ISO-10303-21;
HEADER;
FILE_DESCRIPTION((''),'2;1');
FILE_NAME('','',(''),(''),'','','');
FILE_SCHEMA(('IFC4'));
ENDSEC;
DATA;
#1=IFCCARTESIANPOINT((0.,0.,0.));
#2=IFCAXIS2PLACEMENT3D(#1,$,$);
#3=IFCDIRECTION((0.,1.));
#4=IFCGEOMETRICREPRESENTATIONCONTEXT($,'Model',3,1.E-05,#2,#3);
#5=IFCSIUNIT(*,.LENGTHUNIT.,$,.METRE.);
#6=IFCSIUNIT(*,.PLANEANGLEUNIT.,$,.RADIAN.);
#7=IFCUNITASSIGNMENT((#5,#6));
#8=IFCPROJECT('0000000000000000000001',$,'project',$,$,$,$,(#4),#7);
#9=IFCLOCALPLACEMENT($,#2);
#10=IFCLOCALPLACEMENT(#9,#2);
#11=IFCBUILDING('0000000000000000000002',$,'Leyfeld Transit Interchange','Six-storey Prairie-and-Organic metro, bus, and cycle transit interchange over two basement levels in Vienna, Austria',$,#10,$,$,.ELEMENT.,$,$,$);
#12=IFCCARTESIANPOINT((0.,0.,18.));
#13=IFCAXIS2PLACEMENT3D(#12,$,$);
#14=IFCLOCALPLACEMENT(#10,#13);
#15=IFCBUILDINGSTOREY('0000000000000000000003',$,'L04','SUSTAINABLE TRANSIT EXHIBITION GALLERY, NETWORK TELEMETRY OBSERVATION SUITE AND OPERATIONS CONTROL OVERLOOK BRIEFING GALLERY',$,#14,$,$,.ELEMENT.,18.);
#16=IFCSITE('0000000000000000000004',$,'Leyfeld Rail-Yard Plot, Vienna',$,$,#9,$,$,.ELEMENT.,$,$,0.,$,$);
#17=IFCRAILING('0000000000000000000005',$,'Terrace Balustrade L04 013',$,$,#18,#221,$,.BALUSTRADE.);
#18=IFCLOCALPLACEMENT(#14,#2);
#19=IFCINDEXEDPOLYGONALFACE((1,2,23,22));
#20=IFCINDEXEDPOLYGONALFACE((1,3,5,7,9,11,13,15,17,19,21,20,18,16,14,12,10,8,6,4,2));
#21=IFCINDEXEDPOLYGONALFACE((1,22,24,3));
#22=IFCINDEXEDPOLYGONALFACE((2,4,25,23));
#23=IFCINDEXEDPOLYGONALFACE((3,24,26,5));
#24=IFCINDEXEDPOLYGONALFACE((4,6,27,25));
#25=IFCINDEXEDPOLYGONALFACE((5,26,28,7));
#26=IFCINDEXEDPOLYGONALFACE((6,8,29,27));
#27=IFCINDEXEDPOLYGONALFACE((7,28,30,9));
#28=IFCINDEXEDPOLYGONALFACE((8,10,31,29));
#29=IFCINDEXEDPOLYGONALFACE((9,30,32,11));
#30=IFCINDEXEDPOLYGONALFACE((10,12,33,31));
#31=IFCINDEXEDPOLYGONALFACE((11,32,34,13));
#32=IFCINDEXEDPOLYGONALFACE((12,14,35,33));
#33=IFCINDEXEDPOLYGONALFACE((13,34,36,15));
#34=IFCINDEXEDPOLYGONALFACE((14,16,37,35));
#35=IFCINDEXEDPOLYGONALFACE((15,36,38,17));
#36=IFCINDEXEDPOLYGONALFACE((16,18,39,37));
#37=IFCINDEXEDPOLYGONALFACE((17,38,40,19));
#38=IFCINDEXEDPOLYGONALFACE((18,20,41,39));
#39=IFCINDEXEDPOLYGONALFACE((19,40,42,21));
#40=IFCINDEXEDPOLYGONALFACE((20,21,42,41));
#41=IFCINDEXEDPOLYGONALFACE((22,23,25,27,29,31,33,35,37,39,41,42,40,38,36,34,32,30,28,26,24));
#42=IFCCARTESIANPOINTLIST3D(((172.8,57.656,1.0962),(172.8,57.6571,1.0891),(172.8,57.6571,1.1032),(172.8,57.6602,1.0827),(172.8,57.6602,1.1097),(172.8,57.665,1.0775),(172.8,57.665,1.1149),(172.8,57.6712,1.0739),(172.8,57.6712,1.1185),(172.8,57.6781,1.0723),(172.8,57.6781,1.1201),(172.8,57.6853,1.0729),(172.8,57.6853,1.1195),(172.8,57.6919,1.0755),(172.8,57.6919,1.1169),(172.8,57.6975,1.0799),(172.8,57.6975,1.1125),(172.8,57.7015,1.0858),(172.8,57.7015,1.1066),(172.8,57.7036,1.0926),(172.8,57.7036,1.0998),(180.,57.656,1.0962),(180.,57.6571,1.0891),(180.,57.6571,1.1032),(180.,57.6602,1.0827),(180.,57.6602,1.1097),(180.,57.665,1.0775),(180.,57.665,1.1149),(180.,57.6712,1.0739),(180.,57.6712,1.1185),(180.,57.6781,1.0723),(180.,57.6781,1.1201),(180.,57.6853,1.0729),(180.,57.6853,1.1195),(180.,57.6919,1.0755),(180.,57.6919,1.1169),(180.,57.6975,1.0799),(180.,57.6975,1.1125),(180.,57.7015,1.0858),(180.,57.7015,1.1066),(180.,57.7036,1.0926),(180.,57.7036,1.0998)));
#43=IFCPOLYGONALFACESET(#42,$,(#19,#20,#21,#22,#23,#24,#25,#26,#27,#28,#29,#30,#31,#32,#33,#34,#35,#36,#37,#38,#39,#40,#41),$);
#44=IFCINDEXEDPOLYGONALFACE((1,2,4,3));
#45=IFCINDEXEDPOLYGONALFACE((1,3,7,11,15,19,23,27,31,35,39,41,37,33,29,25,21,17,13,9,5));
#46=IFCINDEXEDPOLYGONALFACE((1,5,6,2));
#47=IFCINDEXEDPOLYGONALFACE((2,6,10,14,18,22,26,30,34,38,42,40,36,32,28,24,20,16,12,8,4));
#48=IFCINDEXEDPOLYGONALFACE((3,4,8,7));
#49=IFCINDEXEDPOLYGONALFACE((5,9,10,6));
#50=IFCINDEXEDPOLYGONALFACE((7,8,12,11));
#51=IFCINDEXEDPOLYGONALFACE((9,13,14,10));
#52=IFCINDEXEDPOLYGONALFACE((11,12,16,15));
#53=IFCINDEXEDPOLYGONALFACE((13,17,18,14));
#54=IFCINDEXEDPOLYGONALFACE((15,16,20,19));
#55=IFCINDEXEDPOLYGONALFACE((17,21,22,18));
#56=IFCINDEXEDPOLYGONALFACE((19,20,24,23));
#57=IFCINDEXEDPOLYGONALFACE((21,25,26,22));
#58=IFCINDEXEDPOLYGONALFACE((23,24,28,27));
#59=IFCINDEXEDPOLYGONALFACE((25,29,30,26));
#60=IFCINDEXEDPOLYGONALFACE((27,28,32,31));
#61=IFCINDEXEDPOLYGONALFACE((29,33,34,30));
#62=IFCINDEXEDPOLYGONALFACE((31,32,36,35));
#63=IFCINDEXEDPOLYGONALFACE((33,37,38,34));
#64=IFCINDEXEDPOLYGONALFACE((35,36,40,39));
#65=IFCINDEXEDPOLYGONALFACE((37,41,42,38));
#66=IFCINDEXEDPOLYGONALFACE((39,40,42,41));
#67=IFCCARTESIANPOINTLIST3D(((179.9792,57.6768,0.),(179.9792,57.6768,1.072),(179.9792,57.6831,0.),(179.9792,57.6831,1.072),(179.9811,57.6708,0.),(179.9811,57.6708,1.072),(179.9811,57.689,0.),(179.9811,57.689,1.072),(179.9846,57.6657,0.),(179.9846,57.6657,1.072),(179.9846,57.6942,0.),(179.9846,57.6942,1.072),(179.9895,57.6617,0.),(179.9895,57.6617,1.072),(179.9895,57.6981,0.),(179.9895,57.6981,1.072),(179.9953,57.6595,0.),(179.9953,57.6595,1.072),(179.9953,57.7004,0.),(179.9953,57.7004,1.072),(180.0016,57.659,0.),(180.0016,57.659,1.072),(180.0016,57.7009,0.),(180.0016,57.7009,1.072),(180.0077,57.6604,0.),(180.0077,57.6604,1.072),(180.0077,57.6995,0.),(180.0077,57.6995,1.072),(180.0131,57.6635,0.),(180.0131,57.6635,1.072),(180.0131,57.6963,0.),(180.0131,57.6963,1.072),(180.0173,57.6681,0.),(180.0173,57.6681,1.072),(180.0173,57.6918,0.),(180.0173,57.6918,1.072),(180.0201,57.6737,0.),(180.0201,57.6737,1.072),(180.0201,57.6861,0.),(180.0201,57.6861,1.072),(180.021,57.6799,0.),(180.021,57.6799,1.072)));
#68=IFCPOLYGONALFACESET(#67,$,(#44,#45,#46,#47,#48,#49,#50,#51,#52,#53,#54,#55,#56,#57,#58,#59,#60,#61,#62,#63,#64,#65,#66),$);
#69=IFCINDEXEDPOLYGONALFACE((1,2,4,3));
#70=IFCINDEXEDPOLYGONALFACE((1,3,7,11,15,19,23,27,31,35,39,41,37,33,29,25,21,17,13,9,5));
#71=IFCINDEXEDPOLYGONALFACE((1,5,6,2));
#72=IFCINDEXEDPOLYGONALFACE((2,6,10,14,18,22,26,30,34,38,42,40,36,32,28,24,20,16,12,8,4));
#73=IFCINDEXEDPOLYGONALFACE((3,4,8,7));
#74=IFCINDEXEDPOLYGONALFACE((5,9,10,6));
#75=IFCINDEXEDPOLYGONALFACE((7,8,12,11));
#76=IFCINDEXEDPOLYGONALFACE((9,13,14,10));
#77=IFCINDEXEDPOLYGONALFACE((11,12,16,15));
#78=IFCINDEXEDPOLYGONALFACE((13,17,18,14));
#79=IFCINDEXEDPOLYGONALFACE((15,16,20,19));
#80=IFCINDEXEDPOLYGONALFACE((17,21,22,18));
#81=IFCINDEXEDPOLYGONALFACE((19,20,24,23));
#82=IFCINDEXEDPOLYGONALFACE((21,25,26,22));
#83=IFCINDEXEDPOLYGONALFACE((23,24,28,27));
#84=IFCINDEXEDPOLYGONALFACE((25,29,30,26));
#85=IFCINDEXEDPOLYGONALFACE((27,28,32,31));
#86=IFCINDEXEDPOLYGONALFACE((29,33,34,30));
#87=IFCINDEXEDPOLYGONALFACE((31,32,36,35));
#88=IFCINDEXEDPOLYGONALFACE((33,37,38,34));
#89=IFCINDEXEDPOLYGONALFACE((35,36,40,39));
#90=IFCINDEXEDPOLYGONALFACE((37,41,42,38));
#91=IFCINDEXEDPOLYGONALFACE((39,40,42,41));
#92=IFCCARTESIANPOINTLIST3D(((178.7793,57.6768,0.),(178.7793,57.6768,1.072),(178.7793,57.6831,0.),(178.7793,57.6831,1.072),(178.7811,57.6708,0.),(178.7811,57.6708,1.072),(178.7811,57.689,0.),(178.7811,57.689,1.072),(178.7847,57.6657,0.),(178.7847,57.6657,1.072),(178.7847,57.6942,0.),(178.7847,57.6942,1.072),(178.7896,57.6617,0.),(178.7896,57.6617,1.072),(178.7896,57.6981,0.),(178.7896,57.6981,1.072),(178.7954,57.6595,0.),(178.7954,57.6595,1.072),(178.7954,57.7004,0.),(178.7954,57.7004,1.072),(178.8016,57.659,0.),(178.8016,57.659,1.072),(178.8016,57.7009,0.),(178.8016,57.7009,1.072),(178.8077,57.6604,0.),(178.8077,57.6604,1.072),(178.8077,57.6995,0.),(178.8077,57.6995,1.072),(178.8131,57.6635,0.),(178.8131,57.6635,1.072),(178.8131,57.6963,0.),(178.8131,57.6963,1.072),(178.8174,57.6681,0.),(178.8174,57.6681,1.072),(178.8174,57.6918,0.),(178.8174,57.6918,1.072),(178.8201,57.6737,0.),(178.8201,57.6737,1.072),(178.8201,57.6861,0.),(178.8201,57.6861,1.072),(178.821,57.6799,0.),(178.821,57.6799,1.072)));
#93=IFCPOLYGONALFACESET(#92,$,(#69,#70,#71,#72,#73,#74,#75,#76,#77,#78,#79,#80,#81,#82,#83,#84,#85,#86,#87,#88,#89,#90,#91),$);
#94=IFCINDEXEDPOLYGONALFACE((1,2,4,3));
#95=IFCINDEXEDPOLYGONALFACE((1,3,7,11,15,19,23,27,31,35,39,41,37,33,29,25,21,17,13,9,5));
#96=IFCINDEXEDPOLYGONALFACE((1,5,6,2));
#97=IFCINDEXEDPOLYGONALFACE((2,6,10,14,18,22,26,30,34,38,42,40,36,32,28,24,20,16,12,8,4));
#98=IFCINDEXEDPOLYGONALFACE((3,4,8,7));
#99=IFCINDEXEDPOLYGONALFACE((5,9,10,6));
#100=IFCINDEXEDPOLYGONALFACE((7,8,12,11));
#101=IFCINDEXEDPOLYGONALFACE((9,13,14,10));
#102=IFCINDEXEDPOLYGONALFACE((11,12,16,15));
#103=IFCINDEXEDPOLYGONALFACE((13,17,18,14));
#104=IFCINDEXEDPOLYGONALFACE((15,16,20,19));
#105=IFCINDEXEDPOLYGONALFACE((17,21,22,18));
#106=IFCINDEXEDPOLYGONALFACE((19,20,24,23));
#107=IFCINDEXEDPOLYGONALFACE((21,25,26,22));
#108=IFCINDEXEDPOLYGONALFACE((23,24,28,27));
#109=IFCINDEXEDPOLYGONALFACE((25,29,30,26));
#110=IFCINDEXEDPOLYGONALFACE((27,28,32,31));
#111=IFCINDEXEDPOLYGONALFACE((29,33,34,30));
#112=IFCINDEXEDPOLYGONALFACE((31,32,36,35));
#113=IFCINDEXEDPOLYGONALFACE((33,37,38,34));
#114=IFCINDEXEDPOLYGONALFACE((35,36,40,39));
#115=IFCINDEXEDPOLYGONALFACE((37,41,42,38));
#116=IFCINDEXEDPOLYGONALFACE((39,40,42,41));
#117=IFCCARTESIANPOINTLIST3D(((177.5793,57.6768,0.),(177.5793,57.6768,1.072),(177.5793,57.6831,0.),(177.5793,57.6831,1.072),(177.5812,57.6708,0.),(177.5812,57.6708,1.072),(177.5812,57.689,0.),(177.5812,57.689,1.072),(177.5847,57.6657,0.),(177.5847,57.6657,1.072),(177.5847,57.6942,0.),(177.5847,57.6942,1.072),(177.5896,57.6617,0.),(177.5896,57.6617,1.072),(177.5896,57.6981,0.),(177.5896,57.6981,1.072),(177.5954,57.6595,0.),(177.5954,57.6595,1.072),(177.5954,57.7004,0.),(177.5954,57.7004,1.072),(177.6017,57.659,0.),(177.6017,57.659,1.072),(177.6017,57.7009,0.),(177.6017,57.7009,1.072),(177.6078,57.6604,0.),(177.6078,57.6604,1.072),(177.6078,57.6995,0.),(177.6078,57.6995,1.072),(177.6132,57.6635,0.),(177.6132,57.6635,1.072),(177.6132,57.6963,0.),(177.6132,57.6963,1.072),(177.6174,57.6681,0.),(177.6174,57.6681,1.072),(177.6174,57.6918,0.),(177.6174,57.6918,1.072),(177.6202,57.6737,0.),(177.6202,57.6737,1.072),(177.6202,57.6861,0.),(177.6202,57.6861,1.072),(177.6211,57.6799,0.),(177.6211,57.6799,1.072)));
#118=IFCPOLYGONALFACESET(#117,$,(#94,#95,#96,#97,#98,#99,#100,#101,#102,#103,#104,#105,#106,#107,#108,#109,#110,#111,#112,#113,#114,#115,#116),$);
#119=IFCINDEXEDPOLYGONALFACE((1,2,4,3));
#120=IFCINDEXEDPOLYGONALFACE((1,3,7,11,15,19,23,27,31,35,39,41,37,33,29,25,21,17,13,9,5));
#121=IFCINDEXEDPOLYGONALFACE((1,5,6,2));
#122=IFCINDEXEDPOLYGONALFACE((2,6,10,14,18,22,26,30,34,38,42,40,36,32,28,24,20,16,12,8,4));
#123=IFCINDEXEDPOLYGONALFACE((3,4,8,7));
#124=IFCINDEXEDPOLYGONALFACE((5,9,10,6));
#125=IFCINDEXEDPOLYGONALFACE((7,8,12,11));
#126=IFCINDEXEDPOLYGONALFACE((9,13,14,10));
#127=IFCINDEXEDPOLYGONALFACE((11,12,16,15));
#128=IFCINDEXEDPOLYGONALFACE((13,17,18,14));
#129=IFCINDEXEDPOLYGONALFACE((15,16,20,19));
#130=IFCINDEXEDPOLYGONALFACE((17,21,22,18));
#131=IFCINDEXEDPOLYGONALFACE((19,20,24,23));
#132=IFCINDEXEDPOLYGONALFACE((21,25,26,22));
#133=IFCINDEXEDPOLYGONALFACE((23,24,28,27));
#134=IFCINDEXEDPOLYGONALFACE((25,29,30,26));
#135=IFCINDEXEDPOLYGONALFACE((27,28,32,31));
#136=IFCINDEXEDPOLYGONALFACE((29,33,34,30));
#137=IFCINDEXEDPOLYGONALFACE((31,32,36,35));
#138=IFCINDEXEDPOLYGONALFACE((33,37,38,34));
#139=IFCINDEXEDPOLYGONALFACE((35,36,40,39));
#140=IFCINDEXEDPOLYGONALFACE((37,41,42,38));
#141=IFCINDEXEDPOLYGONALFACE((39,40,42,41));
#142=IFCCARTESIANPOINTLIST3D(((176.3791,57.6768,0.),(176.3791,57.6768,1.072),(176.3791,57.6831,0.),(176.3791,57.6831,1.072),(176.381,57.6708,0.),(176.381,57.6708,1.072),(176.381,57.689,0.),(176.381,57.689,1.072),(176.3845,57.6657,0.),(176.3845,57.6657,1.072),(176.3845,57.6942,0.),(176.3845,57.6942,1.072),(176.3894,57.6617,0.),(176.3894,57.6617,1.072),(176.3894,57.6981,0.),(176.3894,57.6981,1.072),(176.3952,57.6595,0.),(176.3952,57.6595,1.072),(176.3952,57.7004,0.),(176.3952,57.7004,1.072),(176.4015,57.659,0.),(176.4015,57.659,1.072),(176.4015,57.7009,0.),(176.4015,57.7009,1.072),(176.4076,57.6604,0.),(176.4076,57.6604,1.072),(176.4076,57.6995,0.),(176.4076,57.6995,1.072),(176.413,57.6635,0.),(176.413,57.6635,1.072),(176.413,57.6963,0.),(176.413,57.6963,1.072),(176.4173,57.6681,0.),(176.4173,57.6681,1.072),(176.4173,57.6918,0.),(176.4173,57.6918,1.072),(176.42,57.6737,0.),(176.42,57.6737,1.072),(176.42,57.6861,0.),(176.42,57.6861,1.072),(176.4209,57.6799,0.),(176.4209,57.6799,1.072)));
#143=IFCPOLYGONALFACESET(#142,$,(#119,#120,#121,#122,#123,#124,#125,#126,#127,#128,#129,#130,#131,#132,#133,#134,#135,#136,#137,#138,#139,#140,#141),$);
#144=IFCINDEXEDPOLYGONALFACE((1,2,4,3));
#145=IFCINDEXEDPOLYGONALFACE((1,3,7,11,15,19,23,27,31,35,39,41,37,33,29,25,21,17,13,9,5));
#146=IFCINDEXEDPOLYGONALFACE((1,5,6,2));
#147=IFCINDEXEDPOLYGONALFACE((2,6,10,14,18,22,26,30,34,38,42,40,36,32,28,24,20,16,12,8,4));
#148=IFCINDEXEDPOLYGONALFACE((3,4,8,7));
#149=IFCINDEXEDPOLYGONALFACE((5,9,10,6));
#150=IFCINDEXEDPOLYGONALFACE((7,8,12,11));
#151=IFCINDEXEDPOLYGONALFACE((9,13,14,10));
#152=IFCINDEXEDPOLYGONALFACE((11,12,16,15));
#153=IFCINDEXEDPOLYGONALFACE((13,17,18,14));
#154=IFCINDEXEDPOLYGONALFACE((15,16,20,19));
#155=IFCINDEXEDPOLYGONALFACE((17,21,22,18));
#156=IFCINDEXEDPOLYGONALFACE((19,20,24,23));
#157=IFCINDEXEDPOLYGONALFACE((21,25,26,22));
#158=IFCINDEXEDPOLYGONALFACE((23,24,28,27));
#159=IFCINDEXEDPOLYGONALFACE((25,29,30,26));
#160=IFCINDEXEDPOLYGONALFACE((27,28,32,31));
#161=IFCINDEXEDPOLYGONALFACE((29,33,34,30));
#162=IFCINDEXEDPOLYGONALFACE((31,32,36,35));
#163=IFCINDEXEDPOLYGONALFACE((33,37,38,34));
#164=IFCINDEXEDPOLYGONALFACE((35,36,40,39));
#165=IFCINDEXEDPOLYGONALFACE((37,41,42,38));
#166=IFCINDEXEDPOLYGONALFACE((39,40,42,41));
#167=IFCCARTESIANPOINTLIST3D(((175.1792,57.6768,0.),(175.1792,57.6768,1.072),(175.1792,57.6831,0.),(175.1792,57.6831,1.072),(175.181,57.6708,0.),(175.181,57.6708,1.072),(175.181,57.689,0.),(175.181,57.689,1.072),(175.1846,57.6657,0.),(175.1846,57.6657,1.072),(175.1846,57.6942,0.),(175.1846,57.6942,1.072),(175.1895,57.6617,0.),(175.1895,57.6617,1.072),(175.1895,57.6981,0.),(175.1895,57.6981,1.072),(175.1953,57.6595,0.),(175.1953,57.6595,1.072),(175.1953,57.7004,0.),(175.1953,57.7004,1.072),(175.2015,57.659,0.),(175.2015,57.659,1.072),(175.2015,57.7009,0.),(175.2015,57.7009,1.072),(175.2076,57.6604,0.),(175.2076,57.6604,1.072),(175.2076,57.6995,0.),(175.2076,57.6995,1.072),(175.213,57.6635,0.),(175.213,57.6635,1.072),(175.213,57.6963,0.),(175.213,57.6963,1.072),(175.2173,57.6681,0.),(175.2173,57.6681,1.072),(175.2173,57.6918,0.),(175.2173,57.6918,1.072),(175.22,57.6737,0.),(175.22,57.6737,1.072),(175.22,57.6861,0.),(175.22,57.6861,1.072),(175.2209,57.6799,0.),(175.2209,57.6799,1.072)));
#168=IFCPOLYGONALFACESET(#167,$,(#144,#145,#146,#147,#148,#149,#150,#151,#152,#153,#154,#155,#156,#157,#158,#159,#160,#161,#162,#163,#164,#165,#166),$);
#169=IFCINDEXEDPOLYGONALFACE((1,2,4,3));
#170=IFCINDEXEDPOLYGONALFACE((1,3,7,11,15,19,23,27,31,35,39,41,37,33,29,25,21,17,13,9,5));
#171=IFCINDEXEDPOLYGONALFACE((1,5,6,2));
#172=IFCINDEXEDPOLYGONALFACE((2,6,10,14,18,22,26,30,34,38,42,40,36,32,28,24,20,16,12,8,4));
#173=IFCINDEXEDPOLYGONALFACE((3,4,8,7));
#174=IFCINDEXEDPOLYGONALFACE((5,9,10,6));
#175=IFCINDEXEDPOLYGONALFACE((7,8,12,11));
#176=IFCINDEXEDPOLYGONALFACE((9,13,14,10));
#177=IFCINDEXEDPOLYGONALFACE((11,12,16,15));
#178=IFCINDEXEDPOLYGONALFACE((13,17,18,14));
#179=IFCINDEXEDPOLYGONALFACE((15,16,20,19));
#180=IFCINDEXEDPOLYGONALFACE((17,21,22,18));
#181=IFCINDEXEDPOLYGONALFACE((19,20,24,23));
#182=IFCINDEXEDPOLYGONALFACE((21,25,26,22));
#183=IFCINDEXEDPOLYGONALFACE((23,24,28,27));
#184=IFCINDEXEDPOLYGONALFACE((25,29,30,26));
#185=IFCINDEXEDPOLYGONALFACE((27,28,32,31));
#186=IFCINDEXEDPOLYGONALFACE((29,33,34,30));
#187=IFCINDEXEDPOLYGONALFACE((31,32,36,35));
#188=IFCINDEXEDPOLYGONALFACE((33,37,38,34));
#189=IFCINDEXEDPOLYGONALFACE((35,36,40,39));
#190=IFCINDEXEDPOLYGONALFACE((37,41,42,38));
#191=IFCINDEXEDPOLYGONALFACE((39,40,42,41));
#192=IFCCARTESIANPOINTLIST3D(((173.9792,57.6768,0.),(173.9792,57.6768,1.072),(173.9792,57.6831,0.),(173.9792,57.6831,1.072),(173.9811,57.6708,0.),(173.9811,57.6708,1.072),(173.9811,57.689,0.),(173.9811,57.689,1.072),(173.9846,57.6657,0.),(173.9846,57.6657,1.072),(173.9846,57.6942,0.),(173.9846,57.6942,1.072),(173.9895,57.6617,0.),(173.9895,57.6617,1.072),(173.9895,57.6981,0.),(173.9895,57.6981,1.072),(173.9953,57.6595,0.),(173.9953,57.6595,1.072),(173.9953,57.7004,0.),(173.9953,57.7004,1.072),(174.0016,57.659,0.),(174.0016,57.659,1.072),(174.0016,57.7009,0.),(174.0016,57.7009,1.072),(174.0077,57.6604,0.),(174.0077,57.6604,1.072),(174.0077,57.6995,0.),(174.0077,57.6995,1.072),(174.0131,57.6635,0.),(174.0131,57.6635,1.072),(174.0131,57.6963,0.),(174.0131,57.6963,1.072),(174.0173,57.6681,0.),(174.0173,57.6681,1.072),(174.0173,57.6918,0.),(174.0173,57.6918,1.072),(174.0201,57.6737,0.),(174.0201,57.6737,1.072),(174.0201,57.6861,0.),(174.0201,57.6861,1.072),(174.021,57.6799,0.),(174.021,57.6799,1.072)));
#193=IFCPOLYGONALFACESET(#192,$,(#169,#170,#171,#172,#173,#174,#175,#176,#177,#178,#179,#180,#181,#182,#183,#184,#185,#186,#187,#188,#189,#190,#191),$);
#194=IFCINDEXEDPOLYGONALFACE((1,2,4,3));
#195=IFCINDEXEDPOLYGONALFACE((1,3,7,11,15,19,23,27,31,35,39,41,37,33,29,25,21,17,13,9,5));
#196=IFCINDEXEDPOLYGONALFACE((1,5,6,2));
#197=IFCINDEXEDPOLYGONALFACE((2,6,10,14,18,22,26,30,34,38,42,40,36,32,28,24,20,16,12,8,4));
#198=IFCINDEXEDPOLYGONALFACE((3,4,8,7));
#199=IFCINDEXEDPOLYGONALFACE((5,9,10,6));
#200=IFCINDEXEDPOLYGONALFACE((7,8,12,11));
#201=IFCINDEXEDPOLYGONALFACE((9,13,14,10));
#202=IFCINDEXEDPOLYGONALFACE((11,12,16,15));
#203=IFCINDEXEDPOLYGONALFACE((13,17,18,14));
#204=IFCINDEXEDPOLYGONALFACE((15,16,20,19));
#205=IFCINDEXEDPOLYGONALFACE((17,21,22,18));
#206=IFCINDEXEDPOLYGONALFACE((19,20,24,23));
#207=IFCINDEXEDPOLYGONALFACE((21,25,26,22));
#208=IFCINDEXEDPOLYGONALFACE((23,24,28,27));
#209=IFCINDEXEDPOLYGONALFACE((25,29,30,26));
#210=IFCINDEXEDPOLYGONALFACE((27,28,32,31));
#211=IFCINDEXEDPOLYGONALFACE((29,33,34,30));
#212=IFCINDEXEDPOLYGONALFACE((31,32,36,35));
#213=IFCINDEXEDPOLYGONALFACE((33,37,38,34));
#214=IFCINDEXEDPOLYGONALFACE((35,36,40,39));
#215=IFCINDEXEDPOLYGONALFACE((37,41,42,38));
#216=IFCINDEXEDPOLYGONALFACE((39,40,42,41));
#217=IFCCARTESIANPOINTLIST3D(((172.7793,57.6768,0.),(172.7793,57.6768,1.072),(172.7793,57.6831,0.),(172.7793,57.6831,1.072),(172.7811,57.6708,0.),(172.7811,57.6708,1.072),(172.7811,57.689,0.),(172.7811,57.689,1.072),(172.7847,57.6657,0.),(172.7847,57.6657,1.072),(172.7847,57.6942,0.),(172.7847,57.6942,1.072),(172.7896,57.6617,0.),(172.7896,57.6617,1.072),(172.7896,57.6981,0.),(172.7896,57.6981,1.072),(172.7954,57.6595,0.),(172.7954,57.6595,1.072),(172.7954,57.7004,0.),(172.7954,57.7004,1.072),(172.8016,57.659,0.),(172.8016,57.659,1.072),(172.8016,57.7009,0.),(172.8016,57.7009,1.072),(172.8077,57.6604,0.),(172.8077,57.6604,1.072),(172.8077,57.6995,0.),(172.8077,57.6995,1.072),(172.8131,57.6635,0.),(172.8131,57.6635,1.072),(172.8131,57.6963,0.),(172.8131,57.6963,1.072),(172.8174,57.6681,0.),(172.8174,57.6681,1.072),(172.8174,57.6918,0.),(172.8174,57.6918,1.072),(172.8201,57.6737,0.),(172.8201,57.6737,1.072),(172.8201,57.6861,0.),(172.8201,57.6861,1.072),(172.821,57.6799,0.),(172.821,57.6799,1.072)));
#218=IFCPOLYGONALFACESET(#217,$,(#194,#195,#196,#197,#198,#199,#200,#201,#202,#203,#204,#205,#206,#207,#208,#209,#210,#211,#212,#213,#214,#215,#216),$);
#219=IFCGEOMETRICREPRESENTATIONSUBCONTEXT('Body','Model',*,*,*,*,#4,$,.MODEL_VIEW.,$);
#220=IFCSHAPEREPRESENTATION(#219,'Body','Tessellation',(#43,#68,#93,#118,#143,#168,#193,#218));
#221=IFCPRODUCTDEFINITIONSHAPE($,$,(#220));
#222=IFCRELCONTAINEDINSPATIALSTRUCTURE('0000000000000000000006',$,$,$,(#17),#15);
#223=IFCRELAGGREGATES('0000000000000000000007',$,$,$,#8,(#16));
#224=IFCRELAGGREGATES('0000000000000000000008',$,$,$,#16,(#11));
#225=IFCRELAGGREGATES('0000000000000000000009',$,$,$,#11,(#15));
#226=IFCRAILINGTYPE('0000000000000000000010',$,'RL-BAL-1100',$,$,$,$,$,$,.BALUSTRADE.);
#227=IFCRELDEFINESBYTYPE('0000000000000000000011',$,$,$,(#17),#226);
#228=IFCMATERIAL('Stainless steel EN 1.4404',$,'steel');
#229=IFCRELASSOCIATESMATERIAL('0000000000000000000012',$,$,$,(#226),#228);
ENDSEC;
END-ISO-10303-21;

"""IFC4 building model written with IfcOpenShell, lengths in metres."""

from ifc_helpers import new_model, si_unit, direction, frame, origin, origin_2d, place, context, subcontext, project, spatial, circle, extrude, material, type_object, element, save


model = new_model("IFC4")

# Units and contexts
model_context = context("Model", 3, precision=1e-05, world=origin(), true_north=direction((0.0, 1.0)))
body_context = subcontext(model_context, "Body", "Model", "MODEL_VIEW")
ifc_project = project(units=[si_unit("LENGTHUNIT", "METRE"), si_unit("PLANEANGLEUNIT", "RADIAN")], contexts=[model_context])

# Site, building, storey
site_placement = place(None, origin())
site = spatial("IfcSite", under=ifc_project, at=site_placement, Name="Leyfeld Rail-Yard Plot, Vienna", CompositionType="ELEMENT", RefElevation=0.0)
building_placement = place(site_placement, origin())
building = spatial("IfcBuilding", under=site, at=building_placement, Name="Leyfeld Transit Interchange", Description="Six-storey Prairie-and-Organic metro, bus, and cycle transit interchange over two basement levels in Vienna, Austria", CompositionType="ELEMENT")
storey_placement = place(building_placement, frame((0.0, 0.0, 18.0)))
storey = spatial("IfcBuildingStorey", under=building, at=storey_placement, Name="L04", Description="SUSTAINABLE TRANSIT EXHIBITION GALLERY, NETWORK TELEMETRY OBSERVATION SUITE AND OPERATIONS CONTROL OVERLOOK BRIEFING GALLERY", CompositionType="ELEMENT", Elevation=18.0)

# Railing
ifc_material_1 = material(Name="Stainless steel EN 1.4404", Category="steel")
railing_type = type_object("IfcRailingType", Name="RL-BAL-1100", PredefinedType="BALUSTRADE", material=ifc_material_1)
railing_1_placement = place(storey_placement, frame((180.0, 57.6799, 0.0)))
element("IfcRailing", 1, at=railing_1_placement, inside=storey, type_object=railing_type, Name="Terrace Balustrade L04 013", PredefinedType="BALUSTRADE", context=body_context, shape_type="SweptSolid", body=[
    extrude(circle(Radius=0.0239, at=origin_2d()), frame((0.0, 0.0, 1.0962), z_axis=(-1.0, 0.0, 0.0), x_axis=(0.0, -1.0, 0.0)), (0.0, 0.0, 1.0), 7.2),
    extrude(circle(Radius=0.021, at=origin_2d()), origin(), (0.0, 0.0, 1.0), 1.072),
    extrude(circle(Radius=0.021, at=origin_2d()), frame((-1.2, 0.0, 0.0)), (0.0, 0.0, 1.0), 1.072),
    extrude(circle(Radius=0.021, at=origin_2d()), frame((-2.3999, 0.0, 0.0)), (0.0, 0.0, 1.0), 1.072),
    extrude(circle(Radius=0.021, at=origin_2d()), frame((-3.6001, 0.0, 0.0)), (0.0, 0.0, 1.0), 1.072),
    extrude(circle(Radius=0.021, at=origin_2d()), frame((-4.8, 0.0, 0.0)), (0.0, 0.0, 1.0), 1.072),
    extrude(circle(Radius=0.021, at=origin_2d()), frame((-6.0, 0.0, 0.0)), (0.0, 0.0, 1.0), 1.072),
    extrude(circle(Radius=0.021, at=origin_2d()), frame((-7.2, 0.0, 0.0)), (0.0, 0.0, 1.0), 1.072),
])

save(model, "model.ifc")
